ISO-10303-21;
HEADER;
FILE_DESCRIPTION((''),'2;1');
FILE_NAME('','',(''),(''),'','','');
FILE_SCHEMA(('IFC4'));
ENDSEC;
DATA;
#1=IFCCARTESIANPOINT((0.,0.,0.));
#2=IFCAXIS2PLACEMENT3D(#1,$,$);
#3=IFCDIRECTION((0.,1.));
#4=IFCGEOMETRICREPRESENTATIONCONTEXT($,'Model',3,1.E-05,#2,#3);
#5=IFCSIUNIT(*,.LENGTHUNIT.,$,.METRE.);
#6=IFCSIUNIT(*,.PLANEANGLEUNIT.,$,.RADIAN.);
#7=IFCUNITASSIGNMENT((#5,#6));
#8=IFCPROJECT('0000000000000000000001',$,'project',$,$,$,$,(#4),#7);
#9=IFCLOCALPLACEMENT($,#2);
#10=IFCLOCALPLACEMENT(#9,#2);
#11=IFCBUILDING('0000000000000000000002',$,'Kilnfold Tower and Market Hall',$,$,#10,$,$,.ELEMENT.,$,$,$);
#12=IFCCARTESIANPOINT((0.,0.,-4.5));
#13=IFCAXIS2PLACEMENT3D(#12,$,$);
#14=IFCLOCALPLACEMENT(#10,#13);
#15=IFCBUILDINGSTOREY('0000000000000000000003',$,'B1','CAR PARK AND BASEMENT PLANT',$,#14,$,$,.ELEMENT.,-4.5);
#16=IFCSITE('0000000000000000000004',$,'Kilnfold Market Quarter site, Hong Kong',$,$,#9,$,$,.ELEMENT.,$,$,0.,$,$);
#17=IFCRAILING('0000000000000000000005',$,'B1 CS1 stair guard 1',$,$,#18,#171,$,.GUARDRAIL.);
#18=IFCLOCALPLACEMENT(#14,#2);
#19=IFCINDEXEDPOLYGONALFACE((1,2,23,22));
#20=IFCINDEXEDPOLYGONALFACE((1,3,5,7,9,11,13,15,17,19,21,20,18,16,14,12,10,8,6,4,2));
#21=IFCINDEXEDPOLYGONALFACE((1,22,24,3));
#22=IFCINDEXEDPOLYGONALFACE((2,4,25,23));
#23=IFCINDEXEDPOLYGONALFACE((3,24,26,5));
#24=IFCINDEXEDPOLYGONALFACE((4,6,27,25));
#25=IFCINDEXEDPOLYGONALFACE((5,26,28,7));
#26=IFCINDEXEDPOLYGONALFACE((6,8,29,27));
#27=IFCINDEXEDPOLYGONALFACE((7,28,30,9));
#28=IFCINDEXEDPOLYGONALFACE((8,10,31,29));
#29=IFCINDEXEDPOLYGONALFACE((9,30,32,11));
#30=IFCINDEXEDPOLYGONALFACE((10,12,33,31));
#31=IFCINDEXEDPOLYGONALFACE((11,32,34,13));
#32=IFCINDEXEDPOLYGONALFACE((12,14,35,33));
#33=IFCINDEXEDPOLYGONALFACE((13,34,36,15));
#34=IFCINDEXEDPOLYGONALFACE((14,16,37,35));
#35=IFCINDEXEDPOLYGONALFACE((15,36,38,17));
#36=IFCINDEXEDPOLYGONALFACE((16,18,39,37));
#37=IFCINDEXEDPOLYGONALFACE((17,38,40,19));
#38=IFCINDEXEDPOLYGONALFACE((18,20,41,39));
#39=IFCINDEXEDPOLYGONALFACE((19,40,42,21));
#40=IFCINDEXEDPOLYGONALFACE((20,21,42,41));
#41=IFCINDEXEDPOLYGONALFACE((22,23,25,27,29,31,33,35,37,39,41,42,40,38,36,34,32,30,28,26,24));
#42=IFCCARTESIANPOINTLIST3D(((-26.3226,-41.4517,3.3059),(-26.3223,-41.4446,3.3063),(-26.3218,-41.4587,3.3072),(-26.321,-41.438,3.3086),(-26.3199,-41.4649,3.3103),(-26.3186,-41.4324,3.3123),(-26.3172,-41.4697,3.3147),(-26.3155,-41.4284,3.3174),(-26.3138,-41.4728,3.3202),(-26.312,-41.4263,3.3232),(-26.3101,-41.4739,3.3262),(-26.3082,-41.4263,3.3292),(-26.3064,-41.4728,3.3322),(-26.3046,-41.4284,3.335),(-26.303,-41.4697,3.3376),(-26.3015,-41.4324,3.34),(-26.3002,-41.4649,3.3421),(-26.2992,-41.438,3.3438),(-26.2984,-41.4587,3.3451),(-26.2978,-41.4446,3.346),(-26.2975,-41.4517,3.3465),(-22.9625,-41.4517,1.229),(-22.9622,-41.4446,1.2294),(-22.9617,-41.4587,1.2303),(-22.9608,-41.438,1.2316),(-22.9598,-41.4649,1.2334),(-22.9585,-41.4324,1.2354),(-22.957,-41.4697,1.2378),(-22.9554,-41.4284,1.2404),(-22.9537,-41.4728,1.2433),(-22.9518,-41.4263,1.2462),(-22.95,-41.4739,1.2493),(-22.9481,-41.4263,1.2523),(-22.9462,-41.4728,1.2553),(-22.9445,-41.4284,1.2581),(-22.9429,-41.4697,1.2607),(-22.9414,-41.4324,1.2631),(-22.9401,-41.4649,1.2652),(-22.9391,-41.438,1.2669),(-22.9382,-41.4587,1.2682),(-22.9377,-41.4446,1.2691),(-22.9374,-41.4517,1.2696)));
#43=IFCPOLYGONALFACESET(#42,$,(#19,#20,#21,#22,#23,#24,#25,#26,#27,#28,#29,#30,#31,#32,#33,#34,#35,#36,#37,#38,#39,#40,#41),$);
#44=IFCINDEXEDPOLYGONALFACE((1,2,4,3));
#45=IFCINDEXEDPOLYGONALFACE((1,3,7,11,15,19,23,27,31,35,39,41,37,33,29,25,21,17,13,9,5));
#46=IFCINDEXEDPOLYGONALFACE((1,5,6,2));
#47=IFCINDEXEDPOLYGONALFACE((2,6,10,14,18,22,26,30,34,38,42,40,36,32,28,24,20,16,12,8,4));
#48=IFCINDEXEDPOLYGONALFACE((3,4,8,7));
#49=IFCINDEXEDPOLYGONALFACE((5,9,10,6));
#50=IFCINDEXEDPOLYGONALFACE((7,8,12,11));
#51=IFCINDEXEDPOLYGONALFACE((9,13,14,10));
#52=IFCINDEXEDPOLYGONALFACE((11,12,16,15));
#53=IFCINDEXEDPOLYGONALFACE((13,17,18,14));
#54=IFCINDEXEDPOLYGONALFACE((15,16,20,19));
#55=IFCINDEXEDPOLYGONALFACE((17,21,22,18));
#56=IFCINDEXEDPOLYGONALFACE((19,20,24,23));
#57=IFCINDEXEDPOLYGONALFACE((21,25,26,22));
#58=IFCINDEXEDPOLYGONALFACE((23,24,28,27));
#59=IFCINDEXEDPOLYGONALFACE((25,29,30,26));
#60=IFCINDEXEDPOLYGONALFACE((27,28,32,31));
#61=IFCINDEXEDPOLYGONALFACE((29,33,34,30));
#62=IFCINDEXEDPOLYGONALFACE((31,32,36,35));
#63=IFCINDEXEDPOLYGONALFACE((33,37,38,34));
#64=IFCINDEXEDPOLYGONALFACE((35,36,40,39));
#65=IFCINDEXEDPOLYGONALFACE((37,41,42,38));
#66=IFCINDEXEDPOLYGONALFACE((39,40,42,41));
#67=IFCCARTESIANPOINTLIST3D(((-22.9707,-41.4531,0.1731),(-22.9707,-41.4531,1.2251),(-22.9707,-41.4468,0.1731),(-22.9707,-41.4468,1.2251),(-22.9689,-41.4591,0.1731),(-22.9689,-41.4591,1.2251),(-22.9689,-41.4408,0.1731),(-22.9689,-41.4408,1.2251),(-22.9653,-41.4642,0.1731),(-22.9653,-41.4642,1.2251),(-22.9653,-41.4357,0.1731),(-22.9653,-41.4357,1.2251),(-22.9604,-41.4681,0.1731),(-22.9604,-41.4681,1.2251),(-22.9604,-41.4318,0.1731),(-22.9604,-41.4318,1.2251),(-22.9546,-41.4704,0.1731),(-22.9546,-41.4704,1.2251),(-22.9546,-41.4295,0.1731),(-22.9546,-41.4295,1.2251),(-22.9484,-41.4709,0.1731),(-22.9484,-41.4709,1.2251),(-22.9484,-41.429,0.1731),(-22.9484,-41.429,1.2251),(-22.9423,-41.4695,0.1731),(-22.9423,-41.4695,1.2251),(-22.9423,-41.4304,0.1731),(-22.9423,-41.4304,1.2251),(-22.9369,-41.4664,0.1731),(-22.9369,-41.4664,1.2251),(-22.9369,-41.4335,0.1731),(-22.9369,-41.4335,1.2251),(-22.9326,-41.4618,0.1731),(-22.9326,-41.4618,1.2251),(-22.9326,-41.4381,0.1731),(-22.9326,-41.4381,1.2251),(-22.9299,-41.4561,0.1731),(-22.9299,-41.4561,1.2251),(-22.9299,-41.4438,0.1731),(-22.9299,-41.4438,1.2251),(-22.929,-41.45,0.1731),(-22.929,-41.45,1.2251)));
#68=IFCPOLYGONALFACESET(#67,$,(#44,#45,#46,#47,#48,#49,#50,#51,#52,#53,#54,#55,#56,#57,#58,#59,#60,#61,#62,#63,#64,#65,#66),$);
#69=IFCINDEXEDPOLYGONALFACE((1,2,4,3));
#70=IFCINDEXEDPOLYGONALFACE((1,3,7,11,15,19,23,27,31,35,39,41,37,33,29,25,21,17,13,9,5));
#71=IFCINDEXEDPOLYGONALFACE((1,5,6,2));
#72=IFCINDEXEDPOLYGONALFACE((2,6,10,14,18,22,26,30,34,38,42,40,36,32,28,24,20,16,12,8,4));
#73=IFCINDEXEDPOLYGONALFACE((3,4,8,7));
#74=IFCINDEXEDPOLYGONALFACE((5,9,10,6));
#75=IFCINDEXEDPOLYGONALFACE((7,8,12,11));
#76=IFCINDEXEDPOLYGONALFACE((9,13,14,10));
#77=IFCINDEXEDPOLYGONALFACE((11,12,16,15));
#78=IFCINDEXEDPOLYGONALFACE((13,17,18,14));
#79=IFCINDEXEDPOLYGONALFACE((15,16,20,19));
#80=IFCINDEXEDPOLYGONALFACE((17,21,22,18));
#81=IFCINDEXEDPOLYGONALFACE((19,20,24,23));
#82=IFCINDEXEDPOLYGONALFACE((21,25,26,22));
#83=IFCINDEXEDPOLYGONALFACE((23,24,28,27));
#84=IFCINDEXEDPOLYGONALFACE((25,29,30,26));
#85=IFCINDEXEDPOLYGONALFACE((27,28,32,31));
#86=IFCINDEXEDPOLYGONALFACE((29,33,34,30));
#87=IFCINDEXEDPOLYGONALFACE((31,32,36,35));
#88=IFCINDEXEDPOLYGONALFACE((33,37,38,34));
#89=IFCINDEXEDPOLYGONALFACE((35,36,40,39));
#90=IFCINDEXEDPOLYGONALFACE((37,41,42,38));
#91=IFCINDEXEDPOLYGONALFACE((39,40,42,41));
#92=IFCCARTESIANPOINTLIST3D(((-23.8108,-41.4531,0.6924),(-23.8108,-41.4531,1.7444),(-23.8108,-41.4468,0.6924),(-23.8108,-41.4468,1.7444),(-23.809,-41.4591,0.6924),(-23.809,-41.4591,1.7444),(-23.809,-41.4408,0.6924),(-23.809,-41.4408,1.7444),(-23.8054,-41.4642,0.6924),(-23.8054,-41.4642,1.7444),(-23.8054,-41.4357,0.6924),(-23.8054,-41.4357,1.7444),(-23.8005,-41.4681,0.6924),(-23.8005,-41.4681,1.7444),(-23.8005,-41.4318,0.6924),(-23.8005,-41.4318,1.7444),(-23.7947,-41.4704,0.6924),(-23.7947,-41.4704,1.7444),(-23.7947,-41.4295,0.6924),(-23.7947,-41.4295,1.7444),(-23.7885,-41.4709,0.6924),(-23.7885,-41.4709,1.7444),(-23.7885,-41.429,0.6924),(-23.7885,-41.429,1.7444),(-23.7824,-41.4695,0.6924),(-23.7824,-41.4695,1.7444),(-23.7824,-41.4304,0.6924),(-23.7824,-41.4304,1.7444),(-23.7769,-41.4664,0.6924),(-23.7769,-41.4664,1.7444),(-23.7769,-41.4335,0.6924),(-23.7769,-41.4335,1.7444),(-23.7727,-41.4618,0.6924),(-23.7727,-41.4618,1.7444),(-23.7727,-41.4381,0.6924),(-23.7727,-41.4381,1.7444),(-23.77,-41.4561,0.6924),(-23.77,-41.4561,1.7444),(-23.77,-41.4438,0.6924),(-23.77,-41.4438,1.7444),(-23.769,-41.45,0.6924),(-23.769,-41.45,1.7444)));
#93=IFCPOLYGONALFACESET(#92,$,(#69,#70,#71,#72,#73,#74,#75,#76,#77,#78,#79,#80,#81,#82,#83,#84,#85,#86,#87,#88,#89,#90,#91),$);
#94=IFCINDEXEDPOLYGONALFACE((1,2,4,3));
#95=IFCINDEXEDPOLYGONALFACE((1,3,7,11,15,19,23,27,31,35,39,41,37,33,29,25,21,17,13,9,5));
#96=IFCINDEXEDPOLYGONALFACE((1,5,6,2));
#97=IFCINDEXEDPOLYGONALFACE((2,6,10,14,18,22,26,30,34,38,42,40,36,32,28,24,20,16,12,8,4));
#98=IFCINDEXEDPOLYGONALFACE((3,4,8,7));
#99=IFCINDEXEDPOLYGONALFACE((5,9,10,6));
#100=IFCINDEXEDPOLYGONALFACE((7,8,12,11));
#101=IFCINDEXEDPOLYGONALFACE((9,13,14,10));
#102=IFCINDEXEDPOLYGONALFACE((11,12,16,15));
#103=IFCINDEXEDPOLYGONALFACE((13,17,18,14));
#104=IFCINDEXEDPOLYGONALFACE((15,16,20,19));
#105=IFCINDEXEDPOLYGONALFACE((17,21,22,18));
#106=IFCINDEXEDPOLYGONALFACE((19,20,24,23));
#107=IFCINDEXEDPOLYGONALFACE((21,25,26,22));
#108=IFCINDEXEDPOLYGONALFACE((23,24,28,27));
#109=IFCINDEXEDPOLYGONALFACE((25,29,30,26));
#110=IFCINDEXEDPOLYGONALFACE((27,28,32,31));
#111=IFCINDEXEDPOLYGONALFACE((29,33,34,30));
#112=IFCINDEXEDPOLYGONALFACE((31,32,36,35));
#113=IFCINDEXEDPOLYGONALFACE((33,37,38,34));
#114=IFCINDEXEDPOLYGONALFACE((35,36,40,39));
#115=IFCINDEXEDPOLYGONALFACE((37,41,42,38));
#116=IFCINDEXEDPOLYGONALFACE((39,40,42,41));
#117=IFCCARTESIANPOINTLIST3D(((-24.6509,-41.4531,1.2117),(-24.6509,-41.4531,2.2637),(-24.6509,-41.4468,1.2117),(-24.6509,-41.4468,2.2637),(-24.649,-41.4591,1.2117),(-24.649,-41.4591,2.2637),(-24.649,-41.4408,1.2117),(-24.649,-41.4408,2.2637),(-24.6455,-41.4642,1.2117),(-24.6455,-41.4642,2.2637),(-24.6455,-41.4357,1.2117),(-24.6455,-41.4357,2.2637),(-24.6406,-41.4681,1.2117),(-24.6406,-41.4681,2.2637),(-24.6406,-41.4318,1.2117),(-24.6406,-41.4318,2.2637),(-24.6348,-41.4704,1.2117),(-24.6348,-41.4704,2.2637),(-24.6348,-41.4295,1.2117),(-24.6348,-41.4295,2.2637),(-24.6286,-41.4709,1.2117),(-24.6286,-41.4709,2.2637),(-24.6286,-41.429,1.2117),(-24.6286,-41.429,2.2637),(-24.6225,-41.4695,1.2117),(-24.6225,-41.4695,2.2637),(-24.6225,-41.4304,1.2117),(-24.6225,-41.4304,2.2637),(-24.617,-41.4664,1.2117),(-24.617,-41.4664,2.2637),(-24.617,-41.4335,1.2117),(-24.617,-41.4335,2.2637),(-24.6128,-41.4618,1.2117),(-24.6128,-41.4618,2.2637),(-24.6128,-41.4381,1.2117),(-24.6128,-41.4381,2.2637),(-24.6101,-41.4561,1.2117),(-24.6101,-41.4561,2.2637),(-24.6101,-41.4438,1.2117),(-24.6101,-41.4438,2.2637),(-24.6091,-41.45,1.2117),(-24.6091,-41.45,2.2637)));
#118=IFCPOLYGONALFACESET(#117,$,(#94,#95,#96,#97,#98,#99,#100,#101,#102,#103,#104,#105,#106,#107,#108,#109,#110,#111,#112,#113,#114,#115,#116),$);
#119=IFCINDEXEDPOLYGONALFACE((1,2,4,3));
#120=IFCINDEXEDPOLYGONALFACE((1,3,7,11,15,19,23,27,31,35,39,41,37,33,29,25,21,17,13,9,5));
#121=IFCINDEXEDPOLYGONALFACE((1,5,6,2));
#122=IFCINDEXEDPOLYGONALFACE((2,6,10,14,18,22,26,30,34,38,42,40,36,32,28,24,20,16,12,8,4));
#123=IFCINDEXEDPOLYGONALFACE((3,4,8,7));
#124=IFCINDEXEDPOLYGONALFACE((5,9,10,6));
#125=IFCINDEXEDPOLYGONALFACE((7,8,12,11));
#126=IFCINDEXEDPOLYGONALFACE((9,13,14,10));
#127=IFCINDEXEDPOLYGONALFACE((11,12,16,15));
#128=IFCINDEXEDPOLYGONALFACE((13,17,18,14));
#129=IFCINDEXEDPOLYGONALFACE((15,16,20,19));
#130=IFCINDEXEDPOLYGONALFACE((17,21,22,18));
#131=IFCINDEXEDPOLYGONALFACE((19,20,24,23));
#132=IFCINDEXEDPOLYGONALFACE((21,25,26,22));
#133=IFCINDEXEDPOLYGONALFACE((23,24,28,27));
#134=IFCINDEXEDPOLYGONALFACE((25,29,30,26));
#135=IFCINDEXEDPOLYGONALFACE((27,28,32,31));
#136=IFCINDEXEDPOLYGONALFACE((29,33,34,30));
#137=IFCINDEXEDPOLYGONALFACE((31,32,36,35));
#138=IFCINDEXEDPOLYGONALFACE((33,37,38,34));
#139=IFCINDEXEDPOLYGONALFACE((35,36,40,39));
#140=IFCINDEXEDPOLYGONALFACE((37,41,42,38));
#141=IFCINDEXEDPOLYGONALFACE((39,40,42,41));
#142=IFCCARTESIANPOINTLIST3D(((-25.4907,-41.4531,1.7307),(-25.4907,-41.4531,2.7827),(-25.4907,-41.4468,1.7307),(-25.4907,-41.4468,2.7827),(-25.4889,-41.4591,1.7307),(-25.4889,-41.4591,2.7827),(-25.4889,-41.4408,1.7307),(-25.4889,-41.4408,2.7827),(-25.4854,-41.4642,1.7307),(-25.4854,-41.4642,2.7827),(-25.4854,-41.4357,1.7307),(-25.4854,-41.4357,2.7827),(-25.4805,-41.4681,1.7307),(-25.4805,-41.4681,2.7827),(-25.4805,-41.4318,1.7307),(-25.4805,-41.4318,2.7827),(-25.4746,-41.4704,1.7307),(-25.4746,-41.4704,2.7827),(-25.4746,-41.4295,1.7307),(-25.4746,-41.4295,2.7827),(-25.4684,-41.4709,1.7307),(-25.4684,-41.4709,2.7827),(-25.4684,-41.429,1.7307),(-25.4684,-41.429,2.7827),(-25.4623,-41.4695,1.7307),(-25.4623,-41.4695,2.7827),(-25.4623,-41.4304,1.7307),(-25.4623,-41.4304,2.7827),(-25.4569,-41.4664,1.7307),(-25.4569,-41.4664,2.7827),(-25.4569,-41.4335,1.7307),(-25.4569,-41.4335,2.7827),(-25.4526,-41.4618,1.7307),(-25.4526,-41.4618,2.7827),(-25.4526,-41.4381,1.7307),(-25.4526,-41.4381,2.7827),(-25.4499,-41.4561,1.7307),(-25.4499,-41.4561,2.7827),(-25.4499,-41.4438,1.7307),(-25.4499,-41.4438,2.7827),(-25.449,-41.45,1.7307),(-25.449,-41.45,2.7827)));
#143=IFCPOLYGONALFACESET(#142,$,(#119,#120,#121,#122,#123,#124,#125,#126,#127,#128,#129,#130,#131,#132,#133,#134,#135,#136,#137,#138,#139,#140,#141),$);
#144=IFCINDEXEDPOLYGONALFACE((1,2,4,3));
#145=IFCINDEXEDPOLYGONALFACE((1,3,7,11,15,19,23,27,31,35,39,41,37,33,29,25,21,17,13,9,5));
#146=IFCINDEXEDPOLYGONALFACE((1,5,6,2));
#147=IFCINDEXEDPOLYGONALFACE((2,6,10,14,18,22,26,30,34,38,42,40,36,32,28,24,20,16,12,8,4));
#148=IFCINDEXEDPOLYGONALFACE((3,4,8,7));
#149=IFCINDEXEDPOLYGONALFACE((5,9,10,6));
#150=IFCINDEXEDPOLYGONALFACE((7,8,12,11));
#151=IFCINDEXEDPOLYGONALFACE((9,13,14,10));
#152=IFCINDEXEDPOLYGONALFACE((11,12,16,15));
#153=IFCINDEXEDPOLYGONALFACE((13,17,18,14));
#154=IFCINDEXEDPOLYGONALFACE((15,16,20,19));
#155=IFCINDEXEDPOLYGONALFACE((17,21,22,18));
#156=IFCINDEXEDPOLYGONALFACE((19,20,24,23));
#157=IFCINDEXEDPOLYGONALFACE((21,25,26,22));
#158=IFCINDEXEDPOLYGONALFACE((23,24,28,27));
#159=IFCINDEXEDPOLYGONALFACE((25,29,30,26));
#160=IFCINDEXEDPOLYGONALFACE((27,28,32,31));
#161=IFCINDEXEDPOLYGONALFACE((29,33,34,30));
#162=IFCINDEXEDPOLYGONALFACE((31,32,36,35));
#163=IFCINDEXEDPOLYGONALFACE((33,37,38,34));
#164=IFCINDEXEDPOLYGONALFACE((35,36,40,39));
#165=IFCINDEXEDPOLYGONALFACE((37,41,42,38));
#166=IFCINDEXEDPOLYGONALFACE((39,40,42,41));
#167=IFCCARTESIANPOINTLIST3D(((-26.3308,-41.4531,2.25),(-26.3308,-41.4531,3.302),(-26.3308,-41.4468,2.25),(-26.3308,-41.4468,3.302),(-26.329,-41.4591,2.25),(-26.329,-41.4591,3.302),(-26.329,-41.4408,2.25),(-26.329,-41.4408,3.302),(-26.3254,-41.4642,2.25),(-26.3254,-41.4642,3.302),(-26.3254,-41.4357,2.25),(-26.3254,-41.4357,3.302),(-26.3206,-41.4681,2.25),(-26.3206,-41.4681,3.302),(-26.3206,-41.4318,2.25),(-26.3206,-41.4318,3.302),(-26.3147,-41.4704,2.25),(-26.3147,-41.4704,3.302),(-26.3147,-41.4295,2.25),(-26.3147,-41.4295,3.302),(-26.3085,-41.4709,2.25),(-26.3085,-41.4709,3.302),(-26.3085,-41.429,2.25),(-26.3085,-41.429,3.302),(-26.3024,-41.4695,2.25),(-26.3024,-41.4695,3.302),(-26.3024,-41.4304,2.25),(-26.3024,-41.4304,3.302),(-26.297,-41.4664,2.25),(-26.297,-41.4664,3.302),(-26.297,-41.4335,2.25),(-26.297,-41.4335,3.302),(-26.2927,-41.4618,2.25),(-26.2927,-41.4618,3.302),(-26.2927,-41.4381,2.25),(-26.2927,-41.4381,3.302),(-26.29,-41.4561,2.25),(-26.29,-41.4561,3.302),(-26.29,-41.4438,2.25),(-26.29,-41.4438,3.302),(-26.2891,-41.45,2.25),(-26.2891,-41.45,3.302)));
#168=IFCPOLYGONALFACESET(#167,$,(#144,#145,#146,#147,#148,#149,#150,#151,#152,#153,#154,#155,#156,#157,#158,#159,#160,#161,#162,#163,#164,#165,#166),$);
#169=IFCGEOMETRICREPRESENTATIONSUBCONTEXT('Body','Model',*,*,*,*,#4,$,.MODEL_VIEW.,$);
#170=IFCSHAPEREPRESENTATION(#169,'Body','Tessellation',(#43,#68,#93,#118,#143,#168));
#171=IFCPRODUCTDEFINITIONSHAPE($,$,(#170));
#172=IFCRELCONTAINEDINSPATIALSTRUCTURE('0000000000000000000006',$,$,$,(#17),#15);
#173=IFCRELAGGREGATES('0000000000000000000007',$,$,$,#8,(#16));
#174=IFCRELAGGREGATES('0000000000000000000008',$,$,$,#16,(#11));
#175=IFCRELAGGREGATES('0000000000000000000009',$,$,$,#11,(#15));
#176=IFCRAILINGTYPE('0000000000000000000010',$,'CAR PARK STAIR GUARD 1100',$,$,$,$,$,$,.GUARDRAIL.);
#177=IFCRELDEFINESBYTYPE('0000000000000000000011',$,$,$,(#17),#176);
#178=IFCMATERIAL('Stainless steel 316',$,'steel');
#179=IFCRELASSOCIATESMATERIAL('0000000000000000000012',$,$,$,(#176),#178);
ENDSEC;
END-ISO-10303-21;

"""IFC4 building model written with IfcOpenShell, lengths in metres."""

from ifc_helpers import new_model, si_unit, direction, frame, origin, origin_2d, place, context, subcontext, project, spatial, circle, extrude, material, type_object, element, save


model = new_model("IFC4")

# Units and contexts
model_context = context("Model", 3, precision=1e-05, world=origin(), true_north=direction((0.0, 1.0)))
body_context = subcontext(model_context, "Body", "Model", "MODEL_VIEW")
ifc_project = project(units=[si_unit("LENGTHUNIT", "METRE"), si_unit("PLANEANGLEUNIT", "RADIAN")], contexts=[model_context])

# Site, building, storey
site_placement = place(None, origin())
site = spatial("IfcSite", under=ifc_project, at=site_placement, Name="Kilnfold Market Quarter site, Hong Kong", CompositionType="ELEMENT", RefElevation=0.0)
building_placement = place(site_placement, origin())
building = spatial("IfcBuilding", under=site, at=building_placement, Name="Kilnfold Tower and Market Hall", CompositionType="ELEMENT")
storey_placement = place(building_placement, frame((0.0, 0.0, -4.5)))
storey = spatial("IfcBuildingStorey", under=building, at=storey_placement, Name="B1", Description="CAR PARK AND BASEMENT PLANT", CompositionType="ELEMENT", Elevation=-4.5)

# Railing
ifc_material_1 = material(Name="Stainless steel 316", Category="steel")
railing_type_1 = type_object("IfcRailingType", Name="CAR PARK STAIR GUARD 1100", PredefinedType="GUARDRAIL", material=ifc_material_1)
railing_1_placement = place(storey_placement, frame((-22.95, -41.45, 0.1731)))
element("IfcRailing", 1, at=railing_1_placement, inside=storey, type_object=railing_type_1, Name="B1 CS1 stair guard 1", PredefinedType="GUARDRAIL", context=body_context, shape_type="SweptSolid", body=[
    extrude(circle(Radius=0.0239, at=origin_2d()), frame((0.0, 0.0, 1.0762), z_axis=(-0.850623, 0.0, 0.525776), x_axis=(0.0, -1.0, 0.0)), (0.0, 0.0, 1.0), 3.9502),
    extrude(circle(Radius=0.021, at=origin_2d()), origin(), (0.0, 0.0, 1.0), 1.052),
    extrude(circle(Radius=0.021, at=origin_2d()), frame((-0.8401, 0.0, 0.5193)), (0.0, 0.0, 1.0), 1.052),
    extrude(circle(Radius=0.021, at=origin_2d()), frame((-1.6802, 0.0, 1.0386)), (0.0, 0.0, 1.0), 1.052),
    extrude(circle(Radius=0.021, at=origin_2d()), frame((-2.52, 0.0, 1.5576)), (0.0, 0.0, 1.0), 1.052),
    extrude(circle(Radius=0.021, at=origin_2d()), frame((-3.3601, 0.0, 2.0769)), (0.0, 0.0, 1.0), 1.052),
])

save(model, "model.ifc")
